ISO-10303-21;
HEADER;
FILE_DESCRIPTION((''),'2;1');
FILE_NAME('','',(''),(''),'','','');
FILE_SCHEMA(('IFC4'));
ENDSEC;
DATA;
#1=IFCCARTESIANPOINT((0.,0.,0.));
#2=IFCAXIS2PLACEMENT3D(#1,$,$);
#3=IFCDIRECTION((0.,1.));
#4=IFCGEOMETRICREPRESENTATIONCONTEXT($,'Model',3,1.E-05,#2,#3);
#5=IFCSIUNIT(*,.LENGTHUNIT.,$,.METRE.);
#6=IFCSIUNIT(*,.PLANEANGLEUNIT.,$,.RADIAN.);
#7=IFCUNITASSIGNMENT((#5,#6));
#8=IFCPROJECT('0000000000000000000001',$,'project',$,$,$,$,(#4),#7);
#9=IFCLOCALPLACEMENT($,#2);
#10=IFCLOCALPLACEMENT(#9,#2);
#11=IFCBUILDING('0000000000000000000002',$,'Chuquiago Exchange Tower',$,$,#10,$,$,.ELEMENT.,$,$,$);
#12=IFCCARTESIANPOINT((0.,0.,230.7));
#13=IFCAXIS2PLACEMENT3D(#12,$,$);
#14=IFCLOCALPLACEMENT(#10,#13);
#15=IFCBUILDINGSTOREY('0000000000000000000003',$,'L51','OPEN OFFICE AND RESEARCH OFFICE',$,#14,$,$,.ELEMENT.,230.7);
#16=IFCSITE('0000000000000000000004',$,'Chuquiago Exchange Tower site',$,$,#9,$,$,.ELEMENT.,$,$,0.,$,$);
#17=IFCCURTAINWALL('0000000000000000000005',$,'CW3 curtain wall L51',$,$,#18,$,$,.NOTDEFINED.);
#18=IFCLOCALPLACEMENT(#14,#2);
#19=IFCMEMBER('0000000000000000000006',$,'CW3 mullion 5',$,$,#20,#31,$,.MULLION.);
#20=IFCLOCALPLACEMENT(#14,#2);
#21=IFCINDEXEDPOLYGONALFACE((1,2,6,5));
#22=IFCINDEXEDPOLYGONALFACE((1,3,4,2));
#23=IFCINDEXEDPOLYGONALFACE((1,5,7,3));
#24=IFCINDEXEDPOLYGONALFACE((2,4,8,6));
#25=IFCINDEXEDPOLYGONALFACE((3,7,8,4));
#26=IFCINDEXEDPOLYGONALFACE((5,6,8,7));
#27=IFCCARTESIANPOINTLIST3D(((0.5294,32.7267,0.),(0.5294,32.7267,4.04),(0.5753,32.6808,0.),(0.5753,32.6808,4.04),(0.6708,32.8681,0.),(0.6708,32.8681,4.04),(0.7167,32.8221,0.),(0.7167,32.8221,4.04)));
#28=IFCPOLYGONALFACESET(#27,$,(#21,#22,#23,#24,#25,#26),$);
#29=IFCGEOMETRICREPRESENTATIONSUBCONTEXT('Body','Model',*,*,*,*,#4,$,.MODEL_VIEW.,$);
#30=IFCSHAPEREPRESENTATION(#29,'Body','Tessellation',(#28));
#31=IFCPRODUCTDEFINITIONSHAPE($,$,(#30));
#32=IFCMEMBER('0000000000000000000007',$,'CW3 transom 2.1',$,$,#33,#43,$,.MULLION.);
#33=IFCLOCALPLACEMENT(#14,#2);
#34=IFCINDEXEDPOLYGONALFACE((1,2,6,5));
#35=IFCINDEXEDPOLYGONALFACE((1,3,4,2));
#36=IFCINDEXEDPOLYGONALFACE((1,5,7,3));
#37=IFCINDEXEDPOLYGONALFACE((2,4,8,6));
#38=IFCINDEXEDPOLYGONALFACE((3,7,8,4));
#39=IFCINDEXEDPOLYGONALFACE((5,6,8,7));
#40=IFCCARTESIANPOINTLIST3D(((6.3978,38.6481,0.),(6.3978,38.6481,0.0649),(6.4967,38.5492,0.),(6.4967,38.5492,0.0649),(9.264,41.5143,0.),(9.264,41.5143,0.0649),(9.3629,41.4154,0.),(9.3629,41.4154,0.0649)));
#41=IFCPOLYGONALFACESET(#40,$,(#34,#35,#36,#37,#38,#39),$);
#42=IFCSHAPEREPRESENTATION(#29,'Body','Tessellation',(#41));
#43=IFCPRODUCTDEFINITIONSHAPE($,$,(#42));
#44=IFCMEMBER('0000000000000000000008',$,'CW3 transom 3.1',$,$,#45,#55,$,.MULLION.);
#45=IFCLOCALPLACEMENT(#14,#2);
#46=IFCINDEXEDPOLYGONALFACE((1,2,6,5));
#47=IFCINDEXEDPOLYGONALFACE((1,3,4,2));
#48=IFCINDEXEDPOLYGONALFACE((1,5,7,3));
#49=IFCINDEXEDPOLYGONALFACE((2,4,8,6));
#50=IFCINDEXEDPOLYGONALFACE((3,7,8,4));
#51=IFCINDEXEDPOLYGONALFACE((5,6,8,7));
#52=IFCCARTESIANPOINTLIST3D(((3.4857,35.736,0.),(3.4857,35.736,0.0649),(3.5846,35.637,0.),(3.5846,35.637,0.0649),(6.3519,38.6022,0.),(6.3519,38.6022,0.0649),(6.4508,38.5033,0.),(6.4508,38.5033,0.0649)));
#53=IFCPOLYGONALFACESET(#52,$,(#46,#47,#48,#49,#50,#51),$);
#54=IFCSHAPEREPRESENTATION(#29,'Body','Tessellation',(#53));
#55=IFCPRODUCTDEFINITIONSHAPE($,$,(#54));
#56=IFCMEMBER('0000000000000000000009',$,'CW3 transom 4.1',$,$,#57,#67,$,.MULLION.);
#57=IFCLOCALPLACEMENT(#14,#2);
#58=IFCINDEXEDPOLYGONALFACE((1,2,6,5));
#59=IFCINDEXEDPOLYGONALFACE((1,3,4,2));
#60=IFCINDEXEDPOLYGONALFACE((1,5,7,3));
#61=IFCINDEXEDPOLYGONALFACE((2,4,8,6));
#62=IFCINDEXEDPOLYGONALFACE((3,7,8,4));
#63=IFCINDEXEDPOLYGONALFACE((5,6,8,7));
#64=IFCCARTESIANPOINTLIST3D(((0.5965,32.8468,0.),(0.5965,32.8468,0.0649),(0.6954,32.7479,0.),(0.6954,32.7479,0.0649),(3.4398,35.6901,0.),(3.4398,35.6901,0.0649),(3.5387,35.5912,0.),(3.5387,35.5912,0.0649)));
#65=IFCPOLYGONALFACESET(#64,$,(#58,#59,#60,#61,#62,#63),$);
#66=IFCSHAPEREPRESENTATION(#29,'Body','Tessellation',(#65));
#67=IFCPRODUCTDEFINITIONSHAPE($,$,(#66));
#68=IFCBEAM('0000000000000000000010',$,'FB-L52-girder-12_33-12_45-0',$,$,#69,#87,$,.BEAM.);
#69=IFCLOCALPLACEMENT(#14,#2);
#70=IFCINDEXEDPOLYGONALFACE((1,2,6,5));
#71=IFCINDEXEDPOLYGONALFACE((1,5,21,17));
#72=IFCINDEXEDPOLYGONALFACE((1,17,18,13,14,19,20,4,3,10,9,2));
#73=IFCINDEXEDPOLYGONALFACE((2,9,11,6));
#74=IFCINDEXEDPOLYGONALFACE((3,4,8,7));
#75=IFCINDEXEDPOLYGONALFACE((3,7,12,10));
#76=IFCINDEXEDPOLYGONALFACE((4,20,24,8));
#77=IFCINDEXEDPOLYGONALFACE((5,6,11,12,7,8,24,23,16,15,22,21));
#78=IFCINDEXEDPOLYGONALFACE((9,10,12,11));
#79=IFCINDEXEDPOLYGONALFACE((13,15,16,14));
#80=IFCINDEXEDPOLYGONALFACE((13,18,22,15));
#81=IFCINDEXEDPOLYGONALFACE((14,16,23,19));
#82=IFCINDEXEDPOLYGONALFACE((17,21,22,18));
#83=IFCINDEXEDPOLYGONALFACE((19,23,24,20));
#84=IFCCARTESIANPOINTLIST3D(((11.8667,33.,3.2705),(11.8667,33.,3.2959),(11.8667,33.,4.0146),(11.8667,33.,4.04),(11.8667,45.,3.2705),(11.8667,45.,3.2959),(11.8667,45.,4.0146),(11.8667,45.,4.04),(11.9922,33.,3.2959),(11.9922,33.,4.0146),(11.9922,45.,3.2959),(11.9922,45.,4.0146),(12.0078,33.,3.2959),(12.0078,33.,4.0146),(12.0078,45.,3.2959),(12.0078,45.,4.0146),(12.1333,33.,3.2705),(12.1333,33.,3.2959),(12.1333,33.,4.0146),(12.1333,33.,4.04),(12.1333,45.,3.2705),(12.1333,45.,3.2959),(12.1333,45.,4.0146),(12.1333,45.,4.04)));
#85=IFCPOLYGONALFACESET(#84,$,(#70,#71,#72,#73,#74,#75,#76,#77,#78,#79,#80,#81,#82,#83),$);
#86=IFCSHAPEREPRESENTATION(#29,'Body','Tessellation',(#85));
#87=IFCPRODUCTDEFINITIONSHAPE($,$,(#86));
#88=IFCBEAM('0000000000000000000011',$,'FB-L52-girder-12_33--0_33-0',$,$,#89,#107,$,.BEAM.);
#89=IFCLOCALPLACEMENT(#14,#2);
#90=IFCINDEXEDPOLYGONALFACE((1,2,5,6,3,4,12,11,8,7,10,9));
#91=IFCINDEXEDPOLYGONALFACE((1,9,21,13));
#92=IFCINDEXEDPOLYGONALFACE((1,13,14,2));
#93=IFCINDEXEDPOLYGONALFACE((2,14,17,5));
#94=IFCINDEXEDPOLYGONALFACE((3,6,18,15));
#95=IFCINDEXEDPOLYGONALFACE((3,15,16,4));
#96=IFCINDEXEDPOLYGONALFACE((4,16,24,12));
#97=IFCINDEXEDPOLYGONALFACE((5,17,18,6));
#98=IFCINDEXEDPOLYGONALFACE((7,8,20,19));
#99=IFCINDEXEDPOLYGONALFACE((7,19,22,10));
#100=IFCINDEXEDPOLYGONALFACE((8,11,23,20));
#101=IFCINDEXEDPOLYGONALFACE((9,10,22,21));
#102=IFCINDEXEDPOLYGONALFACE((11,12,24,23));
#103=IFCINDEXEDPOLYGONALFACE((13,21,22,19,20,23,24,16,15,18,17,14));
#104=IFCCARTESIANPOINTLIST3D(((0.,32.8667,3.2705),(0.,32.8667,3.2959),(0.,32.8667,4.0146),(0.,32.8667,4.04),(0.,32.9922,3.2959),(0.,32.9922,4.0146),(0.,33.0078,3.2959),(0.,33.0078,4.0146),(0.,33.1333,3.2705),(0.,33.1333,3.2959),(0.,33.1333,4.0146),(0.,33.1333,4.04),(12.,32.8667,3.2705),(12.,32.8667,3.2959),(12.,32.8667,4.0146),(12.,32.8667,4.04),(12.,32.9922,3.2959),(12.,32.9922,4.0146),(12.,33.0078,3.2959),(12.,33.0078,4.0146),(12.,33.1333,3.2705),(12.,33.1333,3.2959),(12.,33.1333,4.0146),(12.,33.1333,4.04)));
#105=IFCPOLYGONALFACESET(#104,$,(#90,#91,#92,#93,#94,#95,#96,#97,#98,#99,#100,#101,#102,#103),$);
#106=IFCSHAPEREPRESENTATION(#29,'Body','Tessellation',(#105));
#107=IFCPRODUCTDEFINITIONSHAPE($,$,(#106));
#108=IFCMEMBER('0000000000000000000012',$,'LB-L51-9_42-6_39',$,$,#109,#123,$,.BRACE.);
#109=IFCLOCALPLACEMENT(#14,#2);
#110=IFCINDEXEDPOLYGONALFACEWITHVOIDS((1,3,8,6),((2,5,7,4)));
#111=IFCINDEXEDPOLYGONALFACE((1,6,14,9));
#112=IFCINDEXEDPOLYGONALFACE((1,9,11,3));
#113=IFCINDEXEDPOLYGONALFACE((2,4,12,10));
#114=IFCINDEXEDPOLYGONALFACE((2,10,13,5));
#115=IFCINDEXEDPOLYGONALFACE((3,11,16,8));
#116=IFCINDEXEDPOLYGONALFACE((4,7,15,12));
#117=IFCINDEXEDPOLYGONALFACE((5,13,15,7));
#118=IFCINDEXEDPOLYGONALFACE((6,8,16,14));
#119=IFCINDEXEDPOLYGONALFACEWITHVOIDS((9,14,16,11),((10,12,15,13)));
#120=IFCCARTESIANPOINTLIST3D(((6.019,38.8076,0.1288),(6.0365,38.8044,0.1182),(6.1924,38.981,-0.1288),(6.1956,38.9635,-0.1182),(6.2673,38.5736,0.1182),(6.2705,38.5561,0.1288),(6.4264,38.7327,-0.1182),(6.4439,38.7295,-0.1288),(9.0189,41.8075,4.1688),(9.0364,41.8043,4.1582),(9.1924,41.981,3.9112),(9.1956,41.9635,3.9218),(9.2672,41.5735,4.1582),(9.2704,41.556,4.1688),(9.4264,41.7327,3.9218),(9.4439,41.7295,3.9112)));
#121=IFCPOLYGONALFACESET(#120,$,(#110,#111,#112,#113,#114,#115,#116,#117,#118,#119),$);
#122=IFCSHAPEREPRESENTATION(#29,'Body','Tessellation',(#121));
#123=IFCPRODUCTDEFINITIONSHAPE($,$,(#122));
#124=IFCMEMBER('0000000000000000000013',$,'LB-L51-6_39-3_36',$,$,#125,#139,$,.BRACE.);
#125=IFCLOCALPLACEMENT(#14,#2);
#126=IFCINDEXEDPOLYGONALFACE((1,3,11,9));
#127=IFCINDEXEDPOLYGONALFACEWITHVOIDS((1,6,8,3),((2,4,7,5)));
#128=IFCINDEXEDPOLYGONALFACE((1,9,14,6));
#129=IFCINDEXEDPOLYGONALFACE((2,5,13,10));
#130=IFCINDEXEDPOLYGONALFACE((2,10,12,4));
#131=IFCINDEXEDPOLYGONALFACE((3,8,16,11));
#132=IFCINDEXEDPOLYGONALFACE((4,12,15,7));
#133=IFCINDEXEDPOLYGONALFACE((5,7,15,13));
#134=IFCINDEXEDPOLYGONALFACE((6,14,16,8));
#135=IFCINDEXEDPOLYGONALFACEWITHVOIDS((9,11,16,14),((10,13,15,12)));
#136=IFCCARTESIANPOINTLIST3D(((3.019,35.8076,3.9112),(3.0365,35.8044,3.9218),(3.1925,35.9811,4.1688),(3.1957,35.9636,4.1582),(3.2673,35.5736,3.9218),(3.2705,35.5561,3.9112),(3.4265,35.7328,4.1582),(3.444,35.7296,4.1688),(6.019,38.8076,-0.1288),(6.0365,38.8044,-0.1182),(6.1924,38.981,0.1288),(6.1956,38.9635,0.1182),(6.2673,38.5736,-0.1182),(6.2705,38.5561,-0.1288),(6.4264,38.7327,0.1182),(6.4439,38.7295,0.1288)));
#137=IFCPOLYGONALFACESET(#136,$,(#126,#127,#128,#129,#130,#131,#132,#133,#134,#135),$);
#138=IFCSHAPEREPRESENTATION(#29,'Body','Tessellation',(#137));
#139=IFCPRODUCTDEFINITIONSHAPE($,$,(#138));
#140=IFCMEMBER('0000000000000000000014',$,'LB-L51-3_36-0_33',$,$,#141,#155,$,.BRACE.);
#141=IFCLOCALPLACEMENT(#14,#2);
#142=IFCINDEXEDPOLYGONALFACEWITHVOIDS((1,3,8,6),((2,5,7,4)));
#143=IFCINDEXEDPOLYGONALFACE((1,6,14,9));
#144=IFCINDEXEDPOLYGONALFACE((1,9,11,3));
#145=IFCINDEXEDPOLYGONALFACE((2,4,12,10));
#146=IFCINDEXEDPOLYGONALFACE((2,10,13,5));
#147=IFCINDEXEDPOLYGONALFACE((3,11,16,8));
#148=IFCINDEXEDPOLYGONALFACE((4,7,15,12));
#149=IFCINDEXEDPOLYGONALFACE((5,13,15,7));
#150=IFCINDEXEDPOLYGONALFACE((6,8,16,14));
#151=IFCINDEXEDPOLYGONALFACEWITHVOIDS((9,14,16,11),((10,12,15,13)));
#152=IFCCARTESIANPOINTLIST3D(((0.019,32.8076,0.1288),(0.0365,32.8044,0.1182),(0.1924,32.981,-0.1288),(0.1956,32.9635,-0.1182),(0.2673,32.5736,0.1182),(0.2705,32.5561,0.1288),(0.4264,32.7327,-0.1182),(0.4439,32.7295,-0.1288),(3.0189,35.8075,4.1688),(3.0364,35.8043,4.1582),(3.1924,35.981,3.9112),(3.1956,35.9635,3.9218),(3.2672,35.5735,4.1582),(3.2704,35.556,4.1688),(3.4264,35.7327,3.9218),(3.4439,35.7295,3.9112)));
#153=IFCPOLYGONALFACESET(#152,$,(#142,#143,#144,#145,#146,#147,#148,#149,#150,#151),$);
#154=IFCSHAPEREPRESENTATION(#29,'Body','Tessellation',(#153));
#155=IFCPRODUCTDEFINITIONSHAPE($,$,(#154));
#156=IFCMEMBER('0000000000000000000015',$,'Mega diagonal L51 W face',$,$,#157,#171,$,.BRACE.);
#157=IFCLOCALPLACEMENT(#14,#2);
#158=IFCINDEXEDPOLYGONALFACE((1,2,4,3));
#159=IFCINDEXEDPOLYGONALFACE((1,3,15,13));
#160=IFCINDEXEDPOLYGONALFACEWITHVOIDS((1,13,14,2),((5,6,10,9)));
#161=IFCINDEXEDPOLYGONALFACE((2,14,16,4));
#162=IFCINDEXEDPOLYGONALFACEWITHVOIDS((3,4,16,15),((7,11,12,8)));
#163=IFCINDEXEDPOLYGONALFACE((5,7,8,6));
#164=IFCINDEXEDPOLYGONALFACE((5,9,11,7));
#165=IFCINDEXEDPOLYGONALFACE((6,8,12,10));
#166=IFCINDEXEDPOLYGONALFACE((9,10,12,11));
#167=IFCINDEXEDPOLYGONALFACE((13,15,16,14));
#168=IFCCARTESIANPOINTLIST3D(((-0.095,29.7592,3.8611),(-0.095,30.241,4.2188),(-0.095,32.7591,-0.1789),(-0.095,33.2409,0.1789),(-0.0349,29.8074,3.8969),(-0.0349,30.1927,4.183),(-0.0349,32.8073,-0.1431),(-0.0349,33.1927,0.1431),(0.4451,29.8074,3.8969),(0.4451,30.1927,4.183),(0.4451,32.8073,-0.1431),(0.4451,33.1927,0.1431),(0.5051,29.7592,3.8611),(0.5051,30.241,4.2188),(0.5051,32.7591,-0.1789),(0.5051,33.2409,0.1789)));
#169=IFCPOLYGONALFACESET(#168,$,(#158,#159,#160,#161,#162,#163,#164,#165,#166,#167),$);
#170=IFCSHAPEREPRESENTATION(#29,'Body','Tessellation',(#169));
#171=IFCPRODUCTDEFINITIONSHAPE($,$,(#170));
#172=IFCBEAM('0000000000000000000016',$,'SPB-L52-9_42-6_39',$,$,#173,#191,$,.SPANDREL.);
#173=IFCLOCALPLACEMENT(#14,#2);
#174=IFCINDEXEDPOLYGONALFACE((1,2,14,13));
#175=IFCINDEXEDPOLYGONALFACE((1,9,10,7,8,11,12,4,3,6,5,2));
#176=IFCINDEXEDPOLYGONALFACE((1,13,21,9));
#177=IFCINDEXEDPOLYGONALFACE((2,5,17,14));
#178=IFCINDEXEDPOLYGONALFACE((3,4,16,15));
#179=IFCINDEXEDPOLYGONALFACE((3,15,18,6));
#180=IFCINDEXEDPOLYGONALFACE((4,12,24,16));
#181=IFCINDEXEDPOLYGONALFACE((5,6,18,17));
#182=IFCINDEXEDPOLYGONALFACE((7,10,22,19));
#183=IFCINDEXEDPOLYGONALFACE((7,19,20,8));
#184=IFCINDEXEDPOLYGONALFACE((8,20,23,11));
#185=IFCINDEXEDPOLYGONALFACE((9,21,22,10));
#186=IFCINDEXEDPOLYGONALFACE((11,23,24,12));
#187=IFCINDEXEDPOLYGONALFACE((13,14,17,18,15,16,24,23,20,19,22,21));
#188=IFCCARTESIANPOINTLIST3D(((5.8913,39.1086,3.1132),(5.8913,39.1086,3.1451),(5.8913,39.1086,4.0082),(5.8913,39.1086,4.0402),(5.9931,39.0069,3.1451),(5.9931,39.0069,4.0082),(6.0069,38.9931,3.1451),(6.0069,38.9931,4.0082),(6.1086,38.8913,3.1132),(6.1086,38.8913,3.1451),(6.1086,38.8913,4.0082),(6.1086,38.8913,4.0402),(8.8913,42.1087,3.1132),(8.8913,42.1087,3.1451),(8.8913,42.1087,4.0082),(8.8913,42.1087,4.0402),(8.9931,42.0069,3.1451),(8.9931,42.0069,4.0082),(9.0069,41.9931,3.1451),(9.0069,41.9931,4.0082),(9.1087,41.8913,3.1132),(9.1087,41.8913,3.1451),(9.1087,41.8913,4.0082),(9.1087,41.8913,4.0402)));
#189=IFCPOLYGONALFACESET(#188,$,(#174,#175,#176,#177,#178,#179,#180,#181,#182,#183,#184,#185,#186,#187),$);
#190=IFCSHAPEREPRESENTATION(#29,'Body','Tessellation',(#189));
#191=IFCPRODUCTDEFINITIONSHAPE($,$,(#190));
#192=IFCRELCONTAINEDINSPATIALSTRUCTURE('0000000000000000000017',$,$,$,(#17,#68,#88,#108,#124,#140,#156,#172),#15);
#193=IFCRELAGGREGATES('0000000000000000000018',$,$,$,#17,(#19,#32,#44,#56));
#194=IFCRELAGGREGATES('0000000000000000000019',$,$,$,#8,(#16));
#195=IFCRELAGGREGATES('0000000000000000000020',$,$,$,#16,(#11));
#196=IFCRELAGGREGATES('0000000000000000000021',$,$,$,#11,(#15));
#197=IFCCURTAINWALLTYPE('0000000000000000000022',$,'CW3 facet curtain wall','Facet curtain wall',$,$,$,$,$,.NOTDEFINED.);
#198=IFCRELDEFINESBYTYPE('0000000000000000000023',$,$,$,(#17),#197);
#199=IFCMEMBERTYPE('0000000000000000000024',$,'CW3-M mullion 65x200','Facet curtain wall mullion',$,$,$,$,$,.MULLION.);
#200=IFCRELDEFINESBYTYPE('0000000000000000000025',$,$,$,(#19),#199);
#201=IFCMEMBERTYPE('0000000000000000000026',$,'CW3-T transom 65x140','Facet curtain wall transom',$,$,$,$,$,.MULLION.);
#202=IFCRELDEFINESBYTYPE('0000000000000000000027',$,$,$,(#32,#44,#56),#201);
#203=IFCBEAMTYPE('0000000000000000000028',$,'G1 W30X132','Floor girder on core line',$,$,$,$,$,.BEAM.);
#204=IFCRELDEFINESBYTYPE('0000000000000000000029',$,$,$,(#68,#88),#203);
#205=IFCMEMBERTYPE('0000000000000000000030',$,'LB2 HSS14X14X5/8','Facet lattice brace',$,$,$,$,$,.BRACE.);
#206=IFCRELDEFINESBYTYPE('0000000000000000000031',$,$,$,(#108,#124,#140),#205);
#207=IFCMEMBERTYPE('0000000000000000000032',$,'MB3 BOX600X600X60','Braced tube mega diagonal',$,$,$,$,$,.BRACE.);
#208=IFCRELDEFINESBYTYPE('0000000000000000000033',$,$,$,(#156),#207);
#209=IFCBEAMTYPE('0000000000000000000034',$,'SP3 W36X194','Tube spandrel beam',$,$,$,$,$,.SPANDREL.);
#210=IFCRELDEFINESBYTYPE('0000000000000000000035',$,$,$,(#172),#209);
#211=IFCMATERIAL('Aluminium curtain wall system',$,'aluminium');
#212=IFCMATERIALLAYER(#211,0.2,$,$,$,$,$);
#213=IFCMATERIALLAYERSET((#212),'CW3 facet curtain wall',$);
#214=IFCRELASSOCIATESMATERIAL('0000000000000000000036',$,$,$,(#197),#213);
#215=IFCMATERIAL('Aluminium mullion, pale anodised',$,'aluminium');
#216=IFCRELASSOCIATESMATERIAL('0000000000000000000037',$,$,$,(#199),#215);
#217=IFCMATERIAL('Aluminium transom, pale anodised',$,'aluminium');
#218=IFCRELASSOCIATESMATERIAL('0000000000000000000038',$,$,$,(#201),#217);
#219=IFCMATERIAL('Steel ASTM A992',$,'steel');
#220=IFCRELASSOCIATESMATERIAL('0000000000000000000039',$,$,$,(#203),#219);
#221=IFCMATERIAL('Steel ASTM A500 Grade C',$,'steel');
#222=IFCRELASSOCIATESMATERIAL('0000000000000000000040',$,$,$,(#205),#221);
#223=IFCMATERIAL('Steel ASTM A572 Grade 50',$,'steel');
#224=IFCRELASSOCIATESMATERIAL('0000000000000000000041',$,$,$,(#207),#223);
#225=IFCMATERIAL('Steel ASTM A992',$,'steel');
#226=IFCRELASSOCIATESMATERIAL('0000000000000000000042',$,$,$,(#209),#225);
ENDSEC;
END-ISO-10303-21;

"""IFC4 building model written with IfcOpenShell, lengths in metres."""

from ifc_helpers import new_model, si_unit, direction, frame, origin, origin_2d, place, context, subcontext, project, spatial, rectangle, hollow_rectangle, i_section, extrude, material, layer, layer_set, material_profile, profile_set, type_object, element, aggregate, save


model = new_model("IFC4")

# Units and contexts
model_context = context("Model", 3, precision=1e-05, world=origin(), true_north=direction((0.0, 1.0)))
body_context = subcontext(model_context, "Body", "Model", "MODEL_VIEW")
ifc_project = project(units=[si_unit("LENGTHUNIT", "METRE"), si_unit("PLANEANGLEUNIT", "RADIAN")], contexts=[model_context])

# Site, building, storey
site_placement = place(None, origin())
site = spatial("IfcSite", under=ifc_project, at=site_placement, Name="Chuquiago Exchange Tower site", CompositionType="ELEMENT", RefElevation=0.0)
building_placement = place(site_placement, origin())
building = spatial("IfcBuilding", under=site, at=building_placement, Name="Chuquiago Exchange Tower", CompositionType="ELEMENT")
storey_placement = place(building_placement, frame((0.0, 0.0, 230.7)))
storey = spatial("IfcBuildingStorey", under=building, at=storey_placement, Name="L51", Description="OPEN OFFICE AND RESEARCH OFFICE", CompositionType="ELEMENT", Elevation=230.7)

# Curtain wall, members
ifc_material_1 = material(Name="Aluminium curtain wall system", Category="aluminium")
ifc_layer_1 = layer(ifc_material_1, 0.2)
ifc_layer_set_1 = layer_set([ifc_layer_1], Name="CW3 facet curtain wall")
curtain_wall_type = type_object("IfcCurtainWallType", Name="CW3 facet curtain wall", Description="Facet curtain wall", PredefinedType="NOTDEFINED", material=ifc_layer_set_1)
curtain_wall_placement = place(storey_placement, origin())
curtain_wall = element("IfcCurtainWall", 1, at=curtain_wall_placement, inside=storey, type_object=curtain_wall_type, Name="CW3 curtain wall L51", PredefinedType="NOTDEFINED")
ifc_material_2 = material(Name="Aluminium mullion, pale anodised", Category="aluminium")
ifc_material_profile_1 = material_profile(ifc_material_2, rectangle(XDim=0.0649, YDim=0.2, at=origin_2d()), Name="AL 65x200")
ifc_profile_set_1 = profile_set([ifc_material_profile_1], Name="Aluminium mullion, pale anodised")
member_type_1 = type_object("IfcMemberType", Name="CW3-M mullion 65x200", Description="Facet curtain wall mullion", PredefinedType="MULLION", material=ifc_profile_set_1)
member_1_placement = place(storey_placement, frame((0.623, 32.7744, 0.0), z_axis=(0.0, 0.0, 1.0), x_axis=(0.707107, -0.707107, 0.0)))
member_1 = element("IfcMember", 2, at=member_1_placement, type_object=member_type_1, Name="CW3 mullion 5", PredefinedType="MULLION", context=body_context, shape_type="SweptSolid", body=[
    extrude(rectangle(XDim=0.0649, YDim=0.2, at=origin_2d()), origin(), (0.0, 0.0, 1.0), 4.04),
])
ifc_material_3 = material(Name="Aluminium transom, pale anodised", Category="aluminium")
ifc_material_profile_2 = material_profile(ifc_material_3, rectangle(XDim=0.1399, YDim=0.0649, at=origin_2d()), Name="AL 140x65")
ifc_profile_set_2 = profile_set([ifc_material_profile_2], Name="Aluminium transom, pale anodised")
member_type_2 = type_object("IfcMemberType", Name="CW3-T transom 65x140", Description="Facet curtain wall transom", PredefinedType="MULLION", material=ifc_profile_set_2)
member_2_placement = place(storey_placement, frame((9.3135, 41.4648, 0.0325), z_axis=(-0.707107, -0.707107, 0.0), x_axis=(0.707107, -0.707107, 0.0)))
member_2 = element("IfcMember", 3, at=member_2_placement, type_object=member_type_2, Name="CW3 transom 2.1", PredefinedType="MULLION", context=body_context, shape_type="SweptSolid", body=[
    extrude(rectangle(XDim=0.1399, YDim=0.0649, at=origin_2d()), origin(), (0.0, 0.0, 1.0), 4.0535),
])
member_3_placement = place(storey_placement, frame((6.4014, 38.5527, 0.0325), z_axis=(-0.707107, -0.707107, 0.0), x_axis=(0.707107, -0.707107, 0.0)))
member_3 = element("IfcMember", 4, at=member_3_placement, type_object=member_type_2, Name="CW3 transom 3.1", PredefinedType="MULLION", context=body_context, shape_type="SweptSolid", body=[
    extrude(rectangle(XDim=0.1399, YDim=0.0649, at=origin_2d()), origin(), (0.0, 0.0, 1.0), 4.0535),
])
member_4_placement = place(storey_placement, frame((3.4893, 35.6406, 0.0325), z_axis=(-0.707107, -0.707107, 0.0), x_axis=(0.707107, -0.707107, 0.0)))
member_4 = element("IfcMember", 5, at=member_4_placement, type_object=member_type_2, Name="CW3 transom 4.1", PredefinedType="MULLION", context=body_context, shape_type="SweptSolid", body=[
    extrude(rectangle(XDim=0.1399, YDim=0.0649, at=origin_2d()), origin(), (0.0, 0.0, 1.0), 4.021),
])

# Beams
ifc_material_4 = material(Name="Steel ASTM A992", Category="steel")
ifc_material_profile_3 = material_profile(ifc_material_4, i_section(OverallWidth=0.2666, OverallDepth=0.7695, WebThickness=0.0156, FlangeThickness=0.0254, at=origin_2d()), Name="W30X132")
ifc_profile_set_3 = profile_set([ifc_material_profile_3], Name="Steel ASTM A992")
beam_type_1 = type_object("IfcBeamType", Name="G1 W30X132", Description="Floor girder on core line", PredefinedType="BEAM", material=ifc_profile_set_3)
for number, where, z_axis, x_axis, name in (
    (6, (12.0, 33.0, 3.6553), (0.0, 1.0, 0.0), (-1.0, 0.0, 0.0), "FB-L52-girder-12_33-12_45-0"),
    (7, (12.0, 33.0, 3.6553), (-1.0, 0.0, 0.0), (0.0, -1.0, 0.0), "FB-L52-girder-12_33--0_33-0"),
):
    element("IfcBeam", number, at=place(storey_placement, frame(where, z_axis=z_axis, x_axis=x_axis)), inside=storey, type_object=beam_type_1, Name=name, PredefinedType="BEAM", context=body_context, shape_type="SweptSolid", body=[
        extrude(i_section(OverallWidth=0.2666, OverallDepth=0.7695, WebThickness=0.0156, FlangeThickness=0.0254, at=origin_2d()), origin(), (0.0, 0.0, 1.0), 12.0),
    ])

# Members
ifc_material_5 = material(Name="Steel ASTM A500 Grade C", Category="steel")
ifc_material_profile_4 = material_profile(ifc_material_5, hollow_rectangle(XDim=0.3557, YDim=0.3557, WallThickness=0.0146, at=origin_2d()), Name="HSS14X14X5/8")
ifc_profile_set_4 = profile_set([ifc_material_profile_4], Name="Steel ASTM A500 Grade C")
member_type_3 = type_object("IfcMemberType", Name="LB2 HSS14X14X5/8", Description="Facet lattice brace", PredefinedType="BRACE", material=ifc_profile_set_4)
for number, where, z_axis, x_axis, name in (
    (8, (6.2314, 38.7686, 0.0), (0.512077, 0.512077, 0.689604), (-0.707107, 0.707107, 0.0), "LB-L51-9_42-6_39"),
    (9, (6.2314, 38.7686, 0.0), (-0.512077, -0.512077, 0.689604), (0.707107, -0.707107, 0.0), "LB-L51-6_39-3_36"),
    (10, (0.2314, 32.7686, 0.0), (0.512077, 0.512077, 0.689604), (-0.707107, 0.707107, 0.0), "LB-L51-3_36-0_33"),
):
    element("IfcMember", number, at=place(storey_placement, frame(where, z_axis=z_axis, x_axis=x_axis)), inside=storey, type_object=member_type_3, Name=name, PredefinedType="BRACE", context=body_context, shape_type="SweptSolid", body=[
        extrude(hollow_rectangle(XDim=0.3557, YDim=0.3557, WallThickness=0.0146, at=origin_2d()), origin(), (0.0, 0.0, 1.0), 5.8584),
    ])
ifc_material_6 = material(Name="Steel ASTM A572 Grade 50", Category="steel")
ifc_material_profile_5 = material_profile(ifc_material_6, hollow_rectangle(XDim=0.6001, YDim=0.6001, WallThickness=0.0601, at=origin_2d()), Name="BOX600X600X60")
ifc_profile_set_5 = profile_set([ifc_material_profile_5], Name="Steel ASTM A572 Grade 50")
member_type_4 = type_object("IfcMemberType", Name="MB3 BOX600X600X60", Description="Braced tube mega diagonal", PredefinedType="BRACE", material=ifc_profile_set_5)
member_5_placement = place(storey_placement, frame((0.2051, 33.0, 0.0), z_axis=(0.0, -0.596174, 0.802855), x_axis=(1.0, 0.0, 0.0)))
element("IfcMember", 11, at=member_5_placement, inside=storey, type_object=member_type_4, Name="Mega diagonal L51 W face", PredefinedType="BRACE", context=body_context, shape_type="SweptSolid", body=[
    extrude(hollow_rectangle(XDim=0.6001, YDim=0.6001, WallThickness=0.0601, at=origin_2d()), origin(), (0.0, 0.0, 1.0), 5.032),
])

# Beam
ifc_material_7 = material(Name="Steel ASTM A992", Category="steel")
ifc_material_profile_6 = material_profile(ifc_material_7, i_section(OverallWidth=0.3074, OverallDepth=0.927, WebThickness=0.0195, FlangeThickness=0.032, at=origin_2d()), Name="W36X194")
ifc_profile_set_6 = profile_set([ifc_material_profile_6], Name="Steel ASTM A992")
beam_type_2 = type_object("IfcBeamType", Name="SP3 W36X194", Description="Tube spandrel beam", PredefinedType="SPANDREL", material=ifc_profile_set_6)
for number, where, z_axis, x_axis, name in (
    (12, (9.0, 42.0, 3.5767), (-0.707107, -0.707107, 0.0), (0.707107, -0.707107, 0.0), "SPB-L52-9_42-6_39"),
):
    element("IfcBeam", number, at=place(storey_placement, frame(where, z_axis=z_axis, x_axis=x_axis)), inside=storey, type_object=beam_type_2, Name=name, PredefinedType="SPANDREL", context=body_context, shape_type="SweptSolid", body=[
        extrude(i_section(OverallWidth=0.3074, OverallDepth=0.927, WebThickness=0.0195, FlangeThickness=0.032, at=origin_2d()), origin(), (0.0, 0.0, 1.0), 4.2427),
    ])

aggregate(curtain_wall, [member_1, member_2, member_3, member_4])

save(model, "model.ifc")
